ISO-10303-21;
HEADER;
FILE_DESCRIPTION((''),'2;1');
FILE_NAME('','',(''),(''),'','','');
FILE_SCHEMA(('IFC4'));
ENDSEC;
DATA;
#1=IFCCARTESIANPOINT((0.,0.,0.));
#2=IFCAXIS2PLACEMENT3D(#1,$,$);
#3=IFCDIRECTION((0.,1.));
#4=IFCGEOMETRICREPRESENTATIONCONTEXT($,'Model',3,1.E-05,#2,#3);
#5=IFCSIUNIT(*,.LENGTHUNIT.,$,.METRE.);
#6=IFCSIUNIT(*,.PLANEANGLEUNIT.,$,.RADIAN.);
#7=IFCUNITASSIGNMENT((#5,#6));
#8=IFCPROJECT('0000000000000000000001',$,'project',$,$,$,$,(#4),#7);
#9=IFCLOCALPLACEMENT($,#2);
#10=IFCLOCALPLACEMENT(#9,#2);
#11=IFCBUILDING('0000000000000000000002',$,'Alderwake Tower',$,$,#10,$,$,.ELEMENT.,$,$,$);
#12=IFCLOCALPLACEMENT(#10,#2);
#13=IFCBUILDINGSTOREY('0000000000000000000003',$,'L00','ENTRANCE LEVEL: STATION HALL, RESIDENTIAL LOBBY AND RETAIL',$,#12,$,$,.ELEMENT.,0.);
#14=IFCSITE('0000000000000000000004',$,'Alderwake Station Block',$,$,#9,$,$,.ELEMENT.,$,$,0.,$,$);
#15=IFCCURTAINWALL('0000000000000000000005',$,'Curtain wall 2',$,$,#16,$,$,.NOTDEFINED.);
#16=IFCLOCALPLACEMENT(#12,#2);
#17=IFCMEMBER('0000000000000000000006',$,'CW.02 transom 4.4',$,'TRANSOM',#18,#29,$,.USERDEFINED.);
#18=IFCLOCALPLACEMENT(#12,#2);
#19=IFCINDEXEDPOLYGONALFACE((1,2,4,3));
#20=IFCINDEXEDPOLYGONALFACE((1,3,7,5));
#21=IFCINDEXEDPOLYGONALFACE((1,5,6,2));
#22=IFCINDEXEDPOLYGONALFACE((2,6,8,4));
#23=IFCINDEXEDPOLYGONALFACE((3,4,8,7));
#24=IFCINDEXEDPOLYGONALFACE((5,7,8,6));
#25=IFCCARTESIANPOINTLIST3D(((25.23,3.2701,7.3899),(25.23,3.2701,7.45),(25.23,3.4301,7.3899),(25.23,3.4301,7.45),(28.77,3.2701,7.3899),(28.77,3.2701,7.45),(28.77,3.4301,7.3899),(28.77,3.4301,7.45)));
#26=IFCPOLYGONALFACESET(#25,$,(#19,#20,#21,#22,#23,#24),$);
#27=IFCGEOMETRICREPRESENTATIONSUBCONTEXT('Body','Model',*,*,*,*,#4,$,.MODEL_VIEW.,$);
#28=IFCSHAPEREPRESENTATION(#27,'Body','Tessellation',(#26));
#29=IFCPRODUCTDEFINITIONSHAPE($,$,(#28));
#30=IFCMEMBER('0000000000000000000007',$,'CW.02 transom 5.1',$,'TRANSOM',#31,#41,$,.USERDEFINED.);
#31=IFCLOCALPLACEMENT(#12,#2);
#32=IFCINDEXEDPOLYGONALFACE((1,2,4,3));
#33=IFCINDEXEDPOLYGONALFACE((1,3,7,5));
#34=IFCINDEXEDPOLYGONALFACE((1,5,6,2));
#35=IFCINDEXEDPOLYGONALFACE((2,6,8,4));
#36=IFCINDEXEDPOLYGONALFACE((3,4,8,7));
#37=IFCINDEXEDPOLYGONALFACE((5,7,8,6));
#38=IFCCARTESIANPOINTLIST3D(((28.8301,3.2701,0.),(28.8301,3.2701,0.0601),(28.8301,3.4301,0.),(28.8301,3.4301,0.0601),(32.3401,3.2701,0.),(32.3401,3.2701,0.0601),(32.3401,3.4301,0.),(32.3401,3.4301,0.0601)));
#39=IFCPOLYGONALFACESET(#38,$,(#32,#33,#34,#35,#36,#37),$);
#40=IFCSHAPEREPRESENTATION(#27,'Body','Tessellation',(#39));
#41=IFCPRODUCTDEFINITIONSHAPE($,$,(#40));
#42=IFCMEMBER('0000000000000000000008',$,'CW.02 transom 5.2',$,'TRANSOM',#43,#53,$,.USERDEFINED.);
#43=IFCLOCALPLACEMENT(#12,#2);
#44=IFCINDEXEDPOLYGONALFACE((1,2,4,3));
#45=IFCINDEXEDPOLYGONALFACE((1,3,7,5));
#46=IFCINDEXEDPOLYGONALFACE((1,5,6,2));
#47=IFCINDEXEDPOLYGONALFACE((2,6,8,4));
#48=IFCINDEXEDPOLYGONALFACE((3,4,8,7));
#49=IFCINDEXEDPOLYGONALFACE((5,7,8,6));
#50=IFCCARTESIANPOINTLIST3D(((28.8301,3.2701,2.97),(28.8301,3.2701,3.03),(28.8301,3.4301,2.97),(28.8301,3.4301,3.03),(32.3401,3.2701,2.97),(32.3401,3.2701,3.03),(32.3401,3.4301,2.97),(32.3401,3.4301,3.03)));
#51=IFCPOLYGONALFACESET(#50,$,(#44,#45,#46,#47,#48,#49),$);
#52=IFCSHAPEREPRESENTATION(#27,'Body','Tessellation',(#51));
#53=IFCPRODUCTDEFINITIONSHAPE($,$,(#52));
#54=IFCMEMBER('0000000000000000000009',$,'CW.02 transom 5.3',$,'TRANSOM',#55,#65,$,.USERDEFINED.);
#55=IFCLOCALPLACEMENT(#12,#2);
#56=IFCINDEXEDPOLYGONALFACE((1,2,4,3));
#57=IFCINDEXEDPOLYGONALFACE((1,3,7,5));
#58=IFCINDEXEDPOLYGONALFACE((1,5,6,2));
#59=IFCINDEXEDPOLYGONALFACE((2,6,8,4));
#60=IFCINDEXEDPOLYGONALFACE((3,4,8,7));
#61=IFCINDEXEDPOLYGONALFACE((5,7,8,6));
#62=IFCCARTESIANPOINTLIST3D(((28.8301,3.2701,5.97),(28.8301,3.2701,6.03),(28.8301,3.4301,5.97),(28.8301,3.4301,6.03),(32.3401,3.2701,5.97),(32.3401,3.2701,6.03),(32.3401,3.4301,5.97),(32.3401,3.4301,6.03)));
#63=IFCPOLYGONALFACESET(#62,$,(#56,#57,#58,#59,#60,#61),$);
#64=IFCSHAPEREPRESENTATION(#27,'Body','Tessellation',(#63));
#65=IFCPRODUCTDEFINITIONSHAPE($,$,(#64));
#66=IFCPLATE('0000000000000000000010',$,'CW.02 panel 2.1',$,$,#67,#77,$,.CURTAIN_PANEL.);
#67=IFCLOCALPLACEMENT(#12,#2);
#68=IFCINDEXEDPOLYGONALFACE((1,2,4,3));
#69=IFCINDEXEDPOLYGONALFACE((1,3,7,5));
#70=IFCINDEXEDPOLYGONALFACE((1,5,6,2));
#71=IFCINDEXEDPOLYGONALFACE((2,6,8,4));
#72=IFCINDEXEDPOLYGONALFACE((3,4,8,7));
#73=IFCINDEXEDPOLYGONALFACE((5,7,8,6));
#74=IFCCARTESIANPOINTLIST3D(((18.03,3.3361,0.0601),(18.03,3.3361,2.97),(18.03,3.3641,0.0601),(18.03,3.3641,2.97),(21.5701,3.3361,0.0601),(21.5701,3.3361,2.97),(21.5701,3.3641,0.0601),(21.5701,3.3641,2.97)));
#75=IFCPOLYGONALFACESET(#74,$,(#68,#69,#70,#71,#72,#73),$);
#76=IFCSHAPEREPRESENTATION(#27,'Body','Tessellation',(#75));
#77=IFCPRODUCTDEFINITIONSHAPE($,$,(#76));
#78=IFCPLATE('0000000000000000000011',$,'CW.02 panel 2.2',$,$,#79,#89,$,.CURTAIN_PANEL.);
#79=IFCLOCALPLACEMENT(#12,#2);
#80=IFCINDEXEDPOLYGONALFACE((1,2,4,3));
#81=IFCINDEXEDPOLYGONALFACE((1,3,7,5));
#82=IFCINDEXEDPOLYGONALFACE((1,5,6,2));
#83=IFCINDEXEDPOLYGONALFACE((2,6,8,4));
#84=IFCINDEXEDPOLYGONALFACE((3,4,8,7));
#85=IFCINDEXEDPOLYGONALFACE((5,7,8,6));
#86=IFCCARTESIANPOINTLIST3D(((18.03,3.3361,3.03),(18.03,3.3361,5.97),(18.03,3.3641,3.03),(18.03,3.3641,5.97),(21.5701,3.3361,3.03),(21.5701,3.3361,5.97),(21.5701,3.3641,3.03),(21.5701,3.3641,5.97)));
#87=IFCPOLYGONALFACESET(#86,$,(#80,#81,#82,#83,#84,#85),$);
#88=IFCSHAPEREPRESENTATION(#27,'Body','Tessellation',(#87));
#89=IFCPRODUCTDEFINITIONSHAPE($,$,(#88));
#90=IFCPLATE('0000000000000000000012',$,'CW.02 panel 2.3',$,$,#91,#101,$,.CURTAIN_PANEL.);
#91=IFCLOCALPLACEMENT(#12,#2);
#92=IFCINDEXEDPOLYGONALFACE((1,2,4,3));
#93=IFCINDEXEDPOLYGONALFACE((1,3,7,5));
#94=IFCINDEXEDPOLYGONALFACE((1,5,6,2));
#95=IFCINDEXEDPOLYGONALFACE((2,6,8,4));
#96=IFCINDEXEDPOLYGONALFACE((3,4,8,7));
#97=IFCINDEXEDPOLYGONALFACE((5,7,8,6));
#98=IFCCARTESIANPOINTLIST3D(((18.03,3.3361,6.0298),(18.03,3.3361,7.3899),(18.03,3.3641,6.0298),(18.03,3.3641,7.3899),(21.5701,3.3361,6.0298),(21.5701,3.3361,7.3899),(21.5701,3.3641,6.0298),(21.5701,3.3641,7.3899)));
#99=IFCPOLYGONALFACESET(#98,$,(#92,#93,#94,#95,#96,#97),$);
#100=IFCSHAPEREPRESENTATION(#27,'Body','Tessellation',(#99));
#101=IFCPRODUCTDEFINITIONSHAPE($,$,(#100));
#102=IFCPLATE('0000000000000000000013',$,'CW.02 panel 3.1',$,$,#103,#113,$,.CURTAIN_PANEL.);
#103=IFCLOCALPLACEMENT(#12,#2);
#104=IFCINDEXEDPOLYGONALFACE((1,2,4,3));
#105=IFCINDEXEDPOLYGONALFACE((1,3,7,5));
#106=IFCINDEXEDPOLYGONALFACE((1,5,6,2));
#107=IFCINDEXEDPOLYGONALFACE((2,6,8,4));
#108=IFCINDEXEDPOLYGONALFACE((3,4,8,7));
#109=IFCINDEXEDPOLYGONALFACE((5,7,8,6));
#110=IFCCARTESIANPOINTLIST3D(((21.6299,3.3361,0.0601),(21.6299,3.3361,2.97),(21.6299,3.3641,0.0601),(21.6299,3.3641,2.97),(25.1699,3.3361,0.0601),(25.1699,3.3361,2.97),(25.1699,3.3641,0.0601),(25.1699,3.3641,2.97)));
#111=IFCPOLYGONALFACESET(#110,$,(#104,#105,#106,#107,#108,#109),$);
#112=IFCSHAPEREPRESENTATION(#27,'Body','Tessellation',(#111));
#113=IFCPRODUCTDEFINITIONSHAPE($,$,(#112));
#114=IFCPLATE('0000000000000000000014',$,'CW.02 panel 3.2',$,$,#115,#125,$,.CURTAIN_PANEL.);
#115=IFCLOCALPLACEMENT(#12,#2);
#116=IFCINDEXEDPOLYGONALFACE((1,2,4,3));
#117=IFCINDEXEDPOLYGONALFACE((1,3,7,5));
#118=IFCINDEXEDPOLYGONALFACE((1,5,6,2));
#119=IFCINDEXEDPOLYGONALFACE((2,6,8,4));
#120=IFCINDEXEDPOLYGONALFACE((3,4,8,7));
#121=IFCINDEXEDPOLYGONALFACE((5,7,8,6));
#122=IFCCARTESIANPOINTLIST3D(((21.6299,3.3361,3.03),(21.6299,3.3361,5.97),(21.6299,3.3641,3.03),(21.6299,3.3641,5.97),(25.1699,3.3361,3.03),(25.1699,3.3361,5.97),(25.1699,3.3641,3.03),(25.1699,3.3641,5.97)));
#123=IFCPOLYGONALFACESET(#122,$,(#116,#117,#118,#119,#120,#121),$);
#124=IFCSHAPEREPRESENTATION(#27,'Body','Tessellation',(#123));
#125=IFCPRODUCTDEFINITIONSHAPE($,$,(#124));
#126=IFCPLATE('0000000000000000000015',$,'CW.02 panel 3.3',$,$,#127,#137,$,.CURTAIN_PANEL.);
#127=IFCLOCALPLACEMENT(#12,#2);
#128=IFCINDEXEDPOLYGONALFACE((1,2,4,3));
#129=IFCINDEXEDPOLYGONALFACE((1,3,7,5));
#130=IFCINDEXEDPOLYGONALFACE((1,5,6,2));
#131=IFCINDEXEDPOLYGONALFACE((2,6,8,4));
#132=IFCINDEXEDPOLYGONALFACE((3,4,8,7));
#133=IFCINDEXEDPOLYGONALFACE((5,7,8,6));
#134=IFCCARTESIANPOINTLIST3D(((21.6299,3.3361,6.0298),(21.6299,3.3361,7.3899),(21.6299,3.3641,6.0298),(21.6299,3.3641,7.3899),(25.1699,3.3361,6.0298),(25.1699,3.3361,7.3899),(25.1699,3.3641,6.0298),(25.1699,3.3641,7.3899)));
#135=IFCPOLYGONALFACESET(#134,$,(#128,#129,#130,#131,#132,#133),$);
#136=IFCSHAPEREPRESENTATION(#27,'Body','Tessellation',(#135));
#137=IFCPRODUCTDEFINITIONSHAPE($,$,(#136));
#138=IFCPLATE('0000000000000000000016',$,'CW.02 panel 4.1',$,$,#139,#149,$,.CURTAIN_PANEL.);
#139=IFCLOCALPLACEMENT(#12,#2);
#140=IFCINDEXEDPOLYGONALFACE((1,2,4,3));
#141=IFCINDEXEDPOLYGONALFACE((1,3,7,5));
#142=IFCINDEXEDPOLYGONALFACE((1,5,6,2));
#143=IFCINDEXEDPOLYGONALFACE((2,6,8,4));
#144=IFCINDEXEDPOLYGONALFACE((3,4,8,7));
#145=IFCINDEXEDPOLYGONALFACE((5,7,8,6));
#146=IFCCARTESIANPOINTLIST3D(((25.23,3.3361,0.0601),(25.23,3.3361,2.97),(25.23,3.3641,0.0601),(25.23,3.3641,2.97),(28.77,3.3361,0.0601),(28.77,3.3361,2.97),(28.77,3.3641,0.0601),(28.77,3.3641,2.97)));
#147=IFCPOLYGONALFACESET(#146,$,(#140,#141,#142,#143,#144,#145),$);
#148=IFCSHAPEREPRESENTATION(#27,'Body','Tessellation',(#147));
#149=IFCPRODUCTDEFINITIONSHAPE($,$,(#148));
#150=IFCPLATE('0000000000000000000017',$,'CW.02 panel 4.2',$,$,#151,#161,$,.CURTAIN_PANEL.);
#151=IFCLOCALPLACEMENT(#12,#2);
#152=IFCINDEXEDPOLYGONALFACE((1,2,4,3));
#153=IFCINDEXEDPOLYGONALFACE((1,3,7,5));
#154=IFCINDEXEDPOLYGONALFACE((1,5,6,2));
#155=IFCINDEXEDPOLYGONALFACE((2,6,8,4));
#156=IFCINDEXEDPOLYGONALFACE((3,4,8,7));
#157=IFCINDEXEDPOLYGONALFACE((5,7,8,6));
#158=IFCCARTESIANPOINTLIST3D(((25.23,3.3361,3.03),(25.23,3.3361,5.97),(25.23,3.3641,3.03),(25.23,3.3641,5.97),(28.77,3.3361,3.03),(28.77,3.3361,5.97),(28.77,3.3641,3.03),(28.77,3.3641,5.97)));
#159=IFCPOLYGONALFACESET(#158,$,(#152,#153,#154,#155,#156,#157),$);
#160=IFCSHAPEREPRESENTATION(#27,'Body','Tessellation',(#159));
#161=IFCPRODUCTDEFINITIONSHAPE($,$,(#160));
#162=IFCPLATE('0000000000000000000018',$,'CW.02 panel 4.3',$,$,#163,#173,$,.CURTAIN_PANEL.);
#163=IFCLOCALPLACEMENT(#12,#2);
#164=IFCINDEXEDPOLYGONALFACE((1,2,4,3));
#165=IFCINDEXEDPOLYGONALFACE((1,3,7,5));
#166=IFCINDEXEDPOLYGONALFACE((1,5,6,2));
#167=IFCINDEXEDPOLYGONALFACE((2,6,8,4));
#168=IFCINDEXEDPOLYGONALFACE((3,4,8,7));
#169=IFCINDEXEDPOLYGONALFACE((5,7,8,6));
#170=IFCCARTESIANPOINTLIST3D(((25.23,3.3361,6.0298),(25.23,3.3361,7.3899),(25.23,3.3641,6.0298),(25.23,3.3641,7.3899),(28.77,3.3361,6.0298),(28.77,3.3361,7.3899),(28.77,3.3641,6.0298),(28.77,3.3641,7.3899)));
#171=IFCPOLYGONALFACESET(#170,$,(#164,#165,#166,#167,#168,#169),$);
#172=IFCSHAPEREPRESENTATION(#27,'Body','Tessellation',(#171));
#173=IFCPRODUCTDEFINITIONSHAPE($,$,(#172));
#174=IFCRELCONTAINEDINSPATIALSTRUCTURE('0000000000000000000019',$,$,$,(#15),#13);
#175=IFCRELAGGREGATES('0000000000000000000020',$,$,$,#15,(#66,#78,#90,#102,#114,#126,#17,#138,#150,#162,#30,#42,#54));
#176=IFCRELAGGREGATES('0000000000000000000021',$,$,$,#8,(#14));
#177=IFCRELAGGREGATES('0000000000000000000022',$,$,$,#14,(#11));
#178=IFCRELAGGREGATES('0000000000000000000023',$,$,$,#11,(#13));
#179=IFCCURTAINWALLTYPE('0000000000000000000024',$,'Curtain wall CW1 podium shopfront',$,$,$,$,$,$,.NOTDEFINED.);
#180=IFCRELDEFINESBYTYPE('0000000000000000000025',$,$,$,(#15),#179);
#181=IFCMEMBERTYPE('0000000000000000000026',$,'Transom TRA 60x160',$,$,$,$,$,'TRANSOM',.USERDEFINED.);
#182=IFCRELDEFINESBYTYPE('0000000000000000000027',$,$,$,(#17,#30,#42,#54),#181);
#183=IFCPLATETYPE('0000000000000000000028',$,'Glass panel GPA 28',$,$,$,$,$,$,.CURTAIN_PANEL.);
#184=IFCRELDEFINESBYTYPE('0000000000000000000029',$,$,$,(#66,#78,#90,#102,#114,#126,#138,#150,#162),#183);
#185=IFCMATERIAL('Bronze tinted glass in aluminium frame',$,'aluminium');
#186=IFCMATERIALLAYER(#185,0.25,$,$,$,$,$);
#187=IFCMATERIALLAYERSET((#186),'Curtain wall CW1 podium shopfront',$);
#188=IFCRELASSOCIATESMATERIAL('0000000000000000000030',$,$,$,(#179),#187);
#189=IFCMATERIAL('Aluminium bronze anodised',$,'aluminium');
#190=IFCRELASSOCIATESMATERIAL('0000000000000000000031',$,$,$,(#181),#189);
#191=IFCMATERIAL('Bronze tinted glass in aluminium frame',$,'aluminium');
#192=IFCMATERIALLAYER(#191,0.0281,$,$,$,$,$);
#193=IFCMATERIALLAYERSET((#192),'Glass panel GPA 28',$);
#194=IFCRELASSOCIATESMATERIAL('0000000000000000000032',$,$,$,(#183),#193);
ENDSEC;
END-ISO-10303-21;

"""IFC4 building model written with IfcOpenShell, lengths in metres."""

from ifc_helpers import new_model, si_unit, direction, frame, origin, origin_2d, place, context, subcontext, project, spatial, rectangle, extrude, material, layer, layer_set, material_profile, profile_set, type_object, element, aggregate, save


model = new_model("IFC4")

# Units and contexts
model_context = context("Model", 3, precision=1e-05, world=origin(), true_north=direction((0.0, 1.0)))
body_context = subcontext(model_context, "Body", "Model", "MODEL_VIEW")
ifc_project = project(units=[si_unit("LENGTHUNIT", "METRE"), si_unit("PLANEANGLEUNIT", "RADIAN")], contexts=[model_context])

# Site, building, storey
site_placement = place(None, origin())
site = spatial("IfcSite", under=ifc_project, at=site_placement, Name="Alderwake Station Block", CompositionType="ELEMENT", RefElevation=0.0)
building_placement = place(site_placement, origin())
building = spatial("IfcBuilding", under=site, at=building_placement, Name="Alderwake Tower", CompositionType="ELEMENT")
storey_placement = place(building_placement, origin())
storey = spatial("IfcBuildingStorey", under=building, at=storey_placement, Name="L00", Description="ENTRANCE LEVEL: STATION HALL, RESIDENTIAL LOBBY AND RETAIL", CompositionType="ELEMENT", Elevation=0.0)

# Curtain wall, members, plates
ifc_material_1 = material(Name="Bronze tinted glass in aluminium frame", Category="aluminium")
ifc_layer_1 = layer(ifc_material_1, 0.25)
ifc_layer_set_1 = layer_set([ifc_layer_1], Name="Curtain wall CW1 podium shopfront")
curtain_wall_type = type_object("IfcCurtainWallType", Name="Curtain wall CW1 podium shopfront", PredefinedType="NOTDEFINED", material=ifc_layer_set_1)
curtain_wall_placement = place(storey_placement, origin())
curtain_wall = element("IfcCurtainWall", 1, at=curtain_wall_placement, inside=storey, type_object=curtain_wall_type, Name="Curtain wall 2", PredefinedType="NOTDEFINED")
ifc_material_2 = material(Name="Aluminium bronze anodised", Category="aluminium")
ifc_material_profile_1 = material_profile(ifc_material_2, rectangle(XDim=0.1599, YDim=0.0601, at=origin_2d()), Name="Transom TRA 60x160")
ifc_profile_set_1 = profile_set([ifc_material_profile_1], Name="Aluminium bronze anodised")
member_type_1 = type_object("IfcMemberType", Name="Transom TRA 60x160", ElementType="TRANSOM", PredefinedType="USERDEFINED", material=ifc_profile_set_1)
member_1_placement = place(storey_placement, frame((25.23, 3.3501, 7.4199), z_axis=(1.0, 0.0, 0.0), x_axis=(0.0, 1.0, 0.0)))
member_1 = element("IfcMember", 2, at=member_1_placement, type_object=member_type_1, Name="CW.02 transom 4.4", ObjectType="TRANSOM", PredefinedType="USERDEFINED", context=body_context, shape_type="SweptSolid", body=[
    extrude(rectangle(XDim=0.1599, YDim=0.0601, at=origin_2d()), origin(), (0.0, 0.0, 1.0), 3.54),
])
member_2_placement = place(storey_placement, frame((28.8301, 3.3501, 0.03), z_axis=(1.0, 0.0, 0.0), x_axis=(0.0, 1.0, 0.0)))
member_2 = element("IfcMember", 3, at=member_2_placement, type_object=member_type_1, Name="CW.02 transom 5.1", ObjectType="TRANSOM", PredefinedType="USERDEFINED", context=body_context, shape_type="SweptSolid", body=[
    extrude(rectangle(XDim=0.1599, YDim=0.0601, at=origin_2d()), origin(), (0.0, 0.0, 1.0), 3.51),
])
member_3_placement = place(storey_placement, frame((28.8301, 3.3501, 3.0), z_axis=(1.0, 0.0, 0.0), x_axis=(0.0, 1.0, 0.0)))
member_3 = element("IfcMember", 4, at=member_3_placement, type_object=member_type_1, Name="CW.02 transom 5.2", ObjectType="TRANSOM", PredefinedType="USERDEFINED", context=body_context, shape_type="SweptSolid", body=[
    extrude(rectangle(XDim=0.1599, YDim=0.0601, at=origin_2d()), origin(), (0.0, 0.0, 1.0), 3.51),
])
member_4_placement = place(storey_placement, frame((28.8301, 3.3501, 6.0), z_axis=(1.0, 0.0, 0.0), x_axis=(0.0, 1.0, 0.0)))
member_4 = element("IfcMember", 5, at=member_4_placement, type_object=member_type_1, Name="CW.02 transom 5.3", ObjectType="TRANSOM", PredefinedType="USERDEFINED", context=body_context, shape_type="SweptSolid", body=[
    extrude(rectangle(XDim=0.1599, YDim=0.0601, at=origin_2d()), origin(), (0.0, 0.0, 1.0), 3.51),
])
ifc_material_3 = material(Name="Bronze tinted glass in aluminium frame", Category="aluminium")
ifc_layer_2 = layer(ifc_material_3, 0.0281)
ifc_layer_set_2 = layer_set([ifc_layer_2], Name="Glass panel GPA 28")
plate_type = type_object("IfcPlateType", Name="Glass panel GPA 28", PredefinedType="CURTAIN_PANEL", material=ifc_layer_set_2)
plate_1_placement = place(storey_placement, frame((19.8, 3.3501, 0.0601), z_axis=(0.0, 0.0, 1.0), x_axis=(1.0, 0.0, 0.0)))
plate_1 = element("IfcPlate", 6, at=plate_1_placement, type_object=plate_type, Name="CW.02 panel 2.1", PredefinedType="CURTAIN_PANEL", context=body_context, shape_type="SweptSolid", body=[
    extrude(rectangle(XDim=3.54, YDim=0.0281, at=origin_2d()), origin(), (0.0, 0.0, 1.0), 2.9099),
])
plate_2_placement = place(storey_placement, frame((19.8, 3.3501, 3.03), z_axis=(0.0, 0.0, 1.0), x_axis=(1.0, 0.0, 0.0)))
plate_2 = element("IfcPlate", 7, at=plate_2_placement, type_object=plate_type, Name="CW.02 panel 2.2", PredefinedType="CURTAIN_PANEL", context=body_context, shape_type="SweptSolid", body=[
    extrude(rectangle(XDim=3.54, YDim=0.0281, at=origin_2d()), origin(), (0.0, 0.0, 1.0), 2.9399),
])
plate_3_placement = place(storey_placement, frame((19.8, 3.3501, 6.0298), z_axis=(0.0, 0.0, 1.0), x_axis=(1.0, 0.0, 0.0)))
plate_3 = element("IfcPlate", 8, at=plate_3_placement, type_object=plate_type, Name="CW.02 panel 2.3", PredefinedType="CURTAIN_PANEL", context=body_context, shape_type="SweptSolid", body=[
    extrude(rectangle(XDim=3.54, YDim=0.0281, at=origin_2d()), origin(), (0.0, 0.0, 1.0), 1.3601),
])
plate_4_placement = place(storey_placement, frame((23.3999, 3.3501, 0.0601), z_axis=(0.0, 0.0, 1.0), x_axis=(1.0, 0.0, 0.0)))
plate_4 = element("IfcPlate", 9, at=plate_4_placement, type_object=plate_type, Name="CW.02 panel 3.1", PredefinedType="CURTAIN_PANEL", context=body_context, shape_type="SweptSolid", body=[
    extrude(rectangle(XDim=3.54, YDim=0.0281, at=origin_2d()), origin(), (0.0, 0.0, 1.0), 2.9099),
])
plate_5_placement = place(storey_placement, frame((23.3999, 3.3501, 3.03), z_axis=(0.0, 0.0, 1.0), x_axis=(1.0, 0.0, 0.0)))
plate_5 = element("IfcPlate", 10, at=plate_5_placement, type_object=plate_type, Name="CW.02 panel 3.2", PredefinedType="CURTAIN_PANEL", context=body_context, shape_type="SweptSolid", body=[
    extrude(rectangle(XDim=3.54, YDim=0.0281, at=origin_2d()), origin(), (0.0, 0.0, 1.0), 2.9399),
])
plate_6_placement = place(storey_placement, frame((23.3999, 3.3501, 6.0298), z_axis=(0.0, 0.0, 1.0), x_axis=(1.0, 0.0, 0.0)))
plate_6 = element("IfcPlate", 11, at=plate_6_placement, type_object=plate_type, Name="CW.02 panel 3.3", PredefinedType="CURTAIN_PANEL", context=body_context, shape_type="SweptSolid", body=[
    extrude(rectangle(XDim=3.54, YDim=0.0281, at=origin_2d()), origin(), (0.0, 0.0, 1.0), 1.3601),
])
plate_7_placement = place(storey_placement, frame((27.0, 3.3501, 0.0601), z_axis=(0.0, 0.0, 1.0), x_axis=(1.0, 0.0, 0.0)))
plate_7 = element("IfcPlate", 12, at=plate_7_placement, type_object=plate_type, Name="CW.02 panel 4.1", PredefinedType="CURTAIN_PANEL", context=body_context, shape_type="SweptSolid", body=[
    extrude(rectangle(XDim=3.54, YDim=0.0281, at=origin_2d()), origin(), (0.0, 0.0, 1.0), 2.9099),
])
plate_8_placement = place(storey_placement, frame((27.0, 3.3501, 3.03), z_axis=(0.0, 0.0, 1.0), x_axis=(1.0, 0.0, 0.0)))
plate_8 = element("IfcPlate", 13, at=plate_8_placement, type_object=plate_type, Name="CW.02 panel 4.2", PredefinedType="CURTAIN_PANEL", context=body_context, shape_type="SweptSolid", body=[
    extrude(rectangle(XDim=3.54, YDim=0.0281, at=origin_2d()), origin(), (0.0, 0.0, 1.0), 2.9399),
])
plate_9_placement = place(storey_placement, frame((27.0, 3.3501, 6.0298), z_axis=(0.0, 0.0, 1.0), x_axis=(1.0, 0.0, 0.0)))
plate_9 = element("IfcPlate", 14, at=plate_9_placement, type_object=plate_type, Name="CW.02 panel 4.3", PredefinedType="CURTAIN_PANEL", context=body_context, shape_type="SweptSolid", body=[
    extrude(rectangle(XDim=3.54, YDim=0.0281, at=origin_2d()), origin(), (0.0, 0.0, 1.0), 1.3601),
])
aggregate(curtain_wall, [plate_1, plate_2, plate_3, plate_4, plate_5, plate_6, member_1, plate_7, plate_8, plate_9, member_2, member_3, member_4])

save(model, "model.ifc")
